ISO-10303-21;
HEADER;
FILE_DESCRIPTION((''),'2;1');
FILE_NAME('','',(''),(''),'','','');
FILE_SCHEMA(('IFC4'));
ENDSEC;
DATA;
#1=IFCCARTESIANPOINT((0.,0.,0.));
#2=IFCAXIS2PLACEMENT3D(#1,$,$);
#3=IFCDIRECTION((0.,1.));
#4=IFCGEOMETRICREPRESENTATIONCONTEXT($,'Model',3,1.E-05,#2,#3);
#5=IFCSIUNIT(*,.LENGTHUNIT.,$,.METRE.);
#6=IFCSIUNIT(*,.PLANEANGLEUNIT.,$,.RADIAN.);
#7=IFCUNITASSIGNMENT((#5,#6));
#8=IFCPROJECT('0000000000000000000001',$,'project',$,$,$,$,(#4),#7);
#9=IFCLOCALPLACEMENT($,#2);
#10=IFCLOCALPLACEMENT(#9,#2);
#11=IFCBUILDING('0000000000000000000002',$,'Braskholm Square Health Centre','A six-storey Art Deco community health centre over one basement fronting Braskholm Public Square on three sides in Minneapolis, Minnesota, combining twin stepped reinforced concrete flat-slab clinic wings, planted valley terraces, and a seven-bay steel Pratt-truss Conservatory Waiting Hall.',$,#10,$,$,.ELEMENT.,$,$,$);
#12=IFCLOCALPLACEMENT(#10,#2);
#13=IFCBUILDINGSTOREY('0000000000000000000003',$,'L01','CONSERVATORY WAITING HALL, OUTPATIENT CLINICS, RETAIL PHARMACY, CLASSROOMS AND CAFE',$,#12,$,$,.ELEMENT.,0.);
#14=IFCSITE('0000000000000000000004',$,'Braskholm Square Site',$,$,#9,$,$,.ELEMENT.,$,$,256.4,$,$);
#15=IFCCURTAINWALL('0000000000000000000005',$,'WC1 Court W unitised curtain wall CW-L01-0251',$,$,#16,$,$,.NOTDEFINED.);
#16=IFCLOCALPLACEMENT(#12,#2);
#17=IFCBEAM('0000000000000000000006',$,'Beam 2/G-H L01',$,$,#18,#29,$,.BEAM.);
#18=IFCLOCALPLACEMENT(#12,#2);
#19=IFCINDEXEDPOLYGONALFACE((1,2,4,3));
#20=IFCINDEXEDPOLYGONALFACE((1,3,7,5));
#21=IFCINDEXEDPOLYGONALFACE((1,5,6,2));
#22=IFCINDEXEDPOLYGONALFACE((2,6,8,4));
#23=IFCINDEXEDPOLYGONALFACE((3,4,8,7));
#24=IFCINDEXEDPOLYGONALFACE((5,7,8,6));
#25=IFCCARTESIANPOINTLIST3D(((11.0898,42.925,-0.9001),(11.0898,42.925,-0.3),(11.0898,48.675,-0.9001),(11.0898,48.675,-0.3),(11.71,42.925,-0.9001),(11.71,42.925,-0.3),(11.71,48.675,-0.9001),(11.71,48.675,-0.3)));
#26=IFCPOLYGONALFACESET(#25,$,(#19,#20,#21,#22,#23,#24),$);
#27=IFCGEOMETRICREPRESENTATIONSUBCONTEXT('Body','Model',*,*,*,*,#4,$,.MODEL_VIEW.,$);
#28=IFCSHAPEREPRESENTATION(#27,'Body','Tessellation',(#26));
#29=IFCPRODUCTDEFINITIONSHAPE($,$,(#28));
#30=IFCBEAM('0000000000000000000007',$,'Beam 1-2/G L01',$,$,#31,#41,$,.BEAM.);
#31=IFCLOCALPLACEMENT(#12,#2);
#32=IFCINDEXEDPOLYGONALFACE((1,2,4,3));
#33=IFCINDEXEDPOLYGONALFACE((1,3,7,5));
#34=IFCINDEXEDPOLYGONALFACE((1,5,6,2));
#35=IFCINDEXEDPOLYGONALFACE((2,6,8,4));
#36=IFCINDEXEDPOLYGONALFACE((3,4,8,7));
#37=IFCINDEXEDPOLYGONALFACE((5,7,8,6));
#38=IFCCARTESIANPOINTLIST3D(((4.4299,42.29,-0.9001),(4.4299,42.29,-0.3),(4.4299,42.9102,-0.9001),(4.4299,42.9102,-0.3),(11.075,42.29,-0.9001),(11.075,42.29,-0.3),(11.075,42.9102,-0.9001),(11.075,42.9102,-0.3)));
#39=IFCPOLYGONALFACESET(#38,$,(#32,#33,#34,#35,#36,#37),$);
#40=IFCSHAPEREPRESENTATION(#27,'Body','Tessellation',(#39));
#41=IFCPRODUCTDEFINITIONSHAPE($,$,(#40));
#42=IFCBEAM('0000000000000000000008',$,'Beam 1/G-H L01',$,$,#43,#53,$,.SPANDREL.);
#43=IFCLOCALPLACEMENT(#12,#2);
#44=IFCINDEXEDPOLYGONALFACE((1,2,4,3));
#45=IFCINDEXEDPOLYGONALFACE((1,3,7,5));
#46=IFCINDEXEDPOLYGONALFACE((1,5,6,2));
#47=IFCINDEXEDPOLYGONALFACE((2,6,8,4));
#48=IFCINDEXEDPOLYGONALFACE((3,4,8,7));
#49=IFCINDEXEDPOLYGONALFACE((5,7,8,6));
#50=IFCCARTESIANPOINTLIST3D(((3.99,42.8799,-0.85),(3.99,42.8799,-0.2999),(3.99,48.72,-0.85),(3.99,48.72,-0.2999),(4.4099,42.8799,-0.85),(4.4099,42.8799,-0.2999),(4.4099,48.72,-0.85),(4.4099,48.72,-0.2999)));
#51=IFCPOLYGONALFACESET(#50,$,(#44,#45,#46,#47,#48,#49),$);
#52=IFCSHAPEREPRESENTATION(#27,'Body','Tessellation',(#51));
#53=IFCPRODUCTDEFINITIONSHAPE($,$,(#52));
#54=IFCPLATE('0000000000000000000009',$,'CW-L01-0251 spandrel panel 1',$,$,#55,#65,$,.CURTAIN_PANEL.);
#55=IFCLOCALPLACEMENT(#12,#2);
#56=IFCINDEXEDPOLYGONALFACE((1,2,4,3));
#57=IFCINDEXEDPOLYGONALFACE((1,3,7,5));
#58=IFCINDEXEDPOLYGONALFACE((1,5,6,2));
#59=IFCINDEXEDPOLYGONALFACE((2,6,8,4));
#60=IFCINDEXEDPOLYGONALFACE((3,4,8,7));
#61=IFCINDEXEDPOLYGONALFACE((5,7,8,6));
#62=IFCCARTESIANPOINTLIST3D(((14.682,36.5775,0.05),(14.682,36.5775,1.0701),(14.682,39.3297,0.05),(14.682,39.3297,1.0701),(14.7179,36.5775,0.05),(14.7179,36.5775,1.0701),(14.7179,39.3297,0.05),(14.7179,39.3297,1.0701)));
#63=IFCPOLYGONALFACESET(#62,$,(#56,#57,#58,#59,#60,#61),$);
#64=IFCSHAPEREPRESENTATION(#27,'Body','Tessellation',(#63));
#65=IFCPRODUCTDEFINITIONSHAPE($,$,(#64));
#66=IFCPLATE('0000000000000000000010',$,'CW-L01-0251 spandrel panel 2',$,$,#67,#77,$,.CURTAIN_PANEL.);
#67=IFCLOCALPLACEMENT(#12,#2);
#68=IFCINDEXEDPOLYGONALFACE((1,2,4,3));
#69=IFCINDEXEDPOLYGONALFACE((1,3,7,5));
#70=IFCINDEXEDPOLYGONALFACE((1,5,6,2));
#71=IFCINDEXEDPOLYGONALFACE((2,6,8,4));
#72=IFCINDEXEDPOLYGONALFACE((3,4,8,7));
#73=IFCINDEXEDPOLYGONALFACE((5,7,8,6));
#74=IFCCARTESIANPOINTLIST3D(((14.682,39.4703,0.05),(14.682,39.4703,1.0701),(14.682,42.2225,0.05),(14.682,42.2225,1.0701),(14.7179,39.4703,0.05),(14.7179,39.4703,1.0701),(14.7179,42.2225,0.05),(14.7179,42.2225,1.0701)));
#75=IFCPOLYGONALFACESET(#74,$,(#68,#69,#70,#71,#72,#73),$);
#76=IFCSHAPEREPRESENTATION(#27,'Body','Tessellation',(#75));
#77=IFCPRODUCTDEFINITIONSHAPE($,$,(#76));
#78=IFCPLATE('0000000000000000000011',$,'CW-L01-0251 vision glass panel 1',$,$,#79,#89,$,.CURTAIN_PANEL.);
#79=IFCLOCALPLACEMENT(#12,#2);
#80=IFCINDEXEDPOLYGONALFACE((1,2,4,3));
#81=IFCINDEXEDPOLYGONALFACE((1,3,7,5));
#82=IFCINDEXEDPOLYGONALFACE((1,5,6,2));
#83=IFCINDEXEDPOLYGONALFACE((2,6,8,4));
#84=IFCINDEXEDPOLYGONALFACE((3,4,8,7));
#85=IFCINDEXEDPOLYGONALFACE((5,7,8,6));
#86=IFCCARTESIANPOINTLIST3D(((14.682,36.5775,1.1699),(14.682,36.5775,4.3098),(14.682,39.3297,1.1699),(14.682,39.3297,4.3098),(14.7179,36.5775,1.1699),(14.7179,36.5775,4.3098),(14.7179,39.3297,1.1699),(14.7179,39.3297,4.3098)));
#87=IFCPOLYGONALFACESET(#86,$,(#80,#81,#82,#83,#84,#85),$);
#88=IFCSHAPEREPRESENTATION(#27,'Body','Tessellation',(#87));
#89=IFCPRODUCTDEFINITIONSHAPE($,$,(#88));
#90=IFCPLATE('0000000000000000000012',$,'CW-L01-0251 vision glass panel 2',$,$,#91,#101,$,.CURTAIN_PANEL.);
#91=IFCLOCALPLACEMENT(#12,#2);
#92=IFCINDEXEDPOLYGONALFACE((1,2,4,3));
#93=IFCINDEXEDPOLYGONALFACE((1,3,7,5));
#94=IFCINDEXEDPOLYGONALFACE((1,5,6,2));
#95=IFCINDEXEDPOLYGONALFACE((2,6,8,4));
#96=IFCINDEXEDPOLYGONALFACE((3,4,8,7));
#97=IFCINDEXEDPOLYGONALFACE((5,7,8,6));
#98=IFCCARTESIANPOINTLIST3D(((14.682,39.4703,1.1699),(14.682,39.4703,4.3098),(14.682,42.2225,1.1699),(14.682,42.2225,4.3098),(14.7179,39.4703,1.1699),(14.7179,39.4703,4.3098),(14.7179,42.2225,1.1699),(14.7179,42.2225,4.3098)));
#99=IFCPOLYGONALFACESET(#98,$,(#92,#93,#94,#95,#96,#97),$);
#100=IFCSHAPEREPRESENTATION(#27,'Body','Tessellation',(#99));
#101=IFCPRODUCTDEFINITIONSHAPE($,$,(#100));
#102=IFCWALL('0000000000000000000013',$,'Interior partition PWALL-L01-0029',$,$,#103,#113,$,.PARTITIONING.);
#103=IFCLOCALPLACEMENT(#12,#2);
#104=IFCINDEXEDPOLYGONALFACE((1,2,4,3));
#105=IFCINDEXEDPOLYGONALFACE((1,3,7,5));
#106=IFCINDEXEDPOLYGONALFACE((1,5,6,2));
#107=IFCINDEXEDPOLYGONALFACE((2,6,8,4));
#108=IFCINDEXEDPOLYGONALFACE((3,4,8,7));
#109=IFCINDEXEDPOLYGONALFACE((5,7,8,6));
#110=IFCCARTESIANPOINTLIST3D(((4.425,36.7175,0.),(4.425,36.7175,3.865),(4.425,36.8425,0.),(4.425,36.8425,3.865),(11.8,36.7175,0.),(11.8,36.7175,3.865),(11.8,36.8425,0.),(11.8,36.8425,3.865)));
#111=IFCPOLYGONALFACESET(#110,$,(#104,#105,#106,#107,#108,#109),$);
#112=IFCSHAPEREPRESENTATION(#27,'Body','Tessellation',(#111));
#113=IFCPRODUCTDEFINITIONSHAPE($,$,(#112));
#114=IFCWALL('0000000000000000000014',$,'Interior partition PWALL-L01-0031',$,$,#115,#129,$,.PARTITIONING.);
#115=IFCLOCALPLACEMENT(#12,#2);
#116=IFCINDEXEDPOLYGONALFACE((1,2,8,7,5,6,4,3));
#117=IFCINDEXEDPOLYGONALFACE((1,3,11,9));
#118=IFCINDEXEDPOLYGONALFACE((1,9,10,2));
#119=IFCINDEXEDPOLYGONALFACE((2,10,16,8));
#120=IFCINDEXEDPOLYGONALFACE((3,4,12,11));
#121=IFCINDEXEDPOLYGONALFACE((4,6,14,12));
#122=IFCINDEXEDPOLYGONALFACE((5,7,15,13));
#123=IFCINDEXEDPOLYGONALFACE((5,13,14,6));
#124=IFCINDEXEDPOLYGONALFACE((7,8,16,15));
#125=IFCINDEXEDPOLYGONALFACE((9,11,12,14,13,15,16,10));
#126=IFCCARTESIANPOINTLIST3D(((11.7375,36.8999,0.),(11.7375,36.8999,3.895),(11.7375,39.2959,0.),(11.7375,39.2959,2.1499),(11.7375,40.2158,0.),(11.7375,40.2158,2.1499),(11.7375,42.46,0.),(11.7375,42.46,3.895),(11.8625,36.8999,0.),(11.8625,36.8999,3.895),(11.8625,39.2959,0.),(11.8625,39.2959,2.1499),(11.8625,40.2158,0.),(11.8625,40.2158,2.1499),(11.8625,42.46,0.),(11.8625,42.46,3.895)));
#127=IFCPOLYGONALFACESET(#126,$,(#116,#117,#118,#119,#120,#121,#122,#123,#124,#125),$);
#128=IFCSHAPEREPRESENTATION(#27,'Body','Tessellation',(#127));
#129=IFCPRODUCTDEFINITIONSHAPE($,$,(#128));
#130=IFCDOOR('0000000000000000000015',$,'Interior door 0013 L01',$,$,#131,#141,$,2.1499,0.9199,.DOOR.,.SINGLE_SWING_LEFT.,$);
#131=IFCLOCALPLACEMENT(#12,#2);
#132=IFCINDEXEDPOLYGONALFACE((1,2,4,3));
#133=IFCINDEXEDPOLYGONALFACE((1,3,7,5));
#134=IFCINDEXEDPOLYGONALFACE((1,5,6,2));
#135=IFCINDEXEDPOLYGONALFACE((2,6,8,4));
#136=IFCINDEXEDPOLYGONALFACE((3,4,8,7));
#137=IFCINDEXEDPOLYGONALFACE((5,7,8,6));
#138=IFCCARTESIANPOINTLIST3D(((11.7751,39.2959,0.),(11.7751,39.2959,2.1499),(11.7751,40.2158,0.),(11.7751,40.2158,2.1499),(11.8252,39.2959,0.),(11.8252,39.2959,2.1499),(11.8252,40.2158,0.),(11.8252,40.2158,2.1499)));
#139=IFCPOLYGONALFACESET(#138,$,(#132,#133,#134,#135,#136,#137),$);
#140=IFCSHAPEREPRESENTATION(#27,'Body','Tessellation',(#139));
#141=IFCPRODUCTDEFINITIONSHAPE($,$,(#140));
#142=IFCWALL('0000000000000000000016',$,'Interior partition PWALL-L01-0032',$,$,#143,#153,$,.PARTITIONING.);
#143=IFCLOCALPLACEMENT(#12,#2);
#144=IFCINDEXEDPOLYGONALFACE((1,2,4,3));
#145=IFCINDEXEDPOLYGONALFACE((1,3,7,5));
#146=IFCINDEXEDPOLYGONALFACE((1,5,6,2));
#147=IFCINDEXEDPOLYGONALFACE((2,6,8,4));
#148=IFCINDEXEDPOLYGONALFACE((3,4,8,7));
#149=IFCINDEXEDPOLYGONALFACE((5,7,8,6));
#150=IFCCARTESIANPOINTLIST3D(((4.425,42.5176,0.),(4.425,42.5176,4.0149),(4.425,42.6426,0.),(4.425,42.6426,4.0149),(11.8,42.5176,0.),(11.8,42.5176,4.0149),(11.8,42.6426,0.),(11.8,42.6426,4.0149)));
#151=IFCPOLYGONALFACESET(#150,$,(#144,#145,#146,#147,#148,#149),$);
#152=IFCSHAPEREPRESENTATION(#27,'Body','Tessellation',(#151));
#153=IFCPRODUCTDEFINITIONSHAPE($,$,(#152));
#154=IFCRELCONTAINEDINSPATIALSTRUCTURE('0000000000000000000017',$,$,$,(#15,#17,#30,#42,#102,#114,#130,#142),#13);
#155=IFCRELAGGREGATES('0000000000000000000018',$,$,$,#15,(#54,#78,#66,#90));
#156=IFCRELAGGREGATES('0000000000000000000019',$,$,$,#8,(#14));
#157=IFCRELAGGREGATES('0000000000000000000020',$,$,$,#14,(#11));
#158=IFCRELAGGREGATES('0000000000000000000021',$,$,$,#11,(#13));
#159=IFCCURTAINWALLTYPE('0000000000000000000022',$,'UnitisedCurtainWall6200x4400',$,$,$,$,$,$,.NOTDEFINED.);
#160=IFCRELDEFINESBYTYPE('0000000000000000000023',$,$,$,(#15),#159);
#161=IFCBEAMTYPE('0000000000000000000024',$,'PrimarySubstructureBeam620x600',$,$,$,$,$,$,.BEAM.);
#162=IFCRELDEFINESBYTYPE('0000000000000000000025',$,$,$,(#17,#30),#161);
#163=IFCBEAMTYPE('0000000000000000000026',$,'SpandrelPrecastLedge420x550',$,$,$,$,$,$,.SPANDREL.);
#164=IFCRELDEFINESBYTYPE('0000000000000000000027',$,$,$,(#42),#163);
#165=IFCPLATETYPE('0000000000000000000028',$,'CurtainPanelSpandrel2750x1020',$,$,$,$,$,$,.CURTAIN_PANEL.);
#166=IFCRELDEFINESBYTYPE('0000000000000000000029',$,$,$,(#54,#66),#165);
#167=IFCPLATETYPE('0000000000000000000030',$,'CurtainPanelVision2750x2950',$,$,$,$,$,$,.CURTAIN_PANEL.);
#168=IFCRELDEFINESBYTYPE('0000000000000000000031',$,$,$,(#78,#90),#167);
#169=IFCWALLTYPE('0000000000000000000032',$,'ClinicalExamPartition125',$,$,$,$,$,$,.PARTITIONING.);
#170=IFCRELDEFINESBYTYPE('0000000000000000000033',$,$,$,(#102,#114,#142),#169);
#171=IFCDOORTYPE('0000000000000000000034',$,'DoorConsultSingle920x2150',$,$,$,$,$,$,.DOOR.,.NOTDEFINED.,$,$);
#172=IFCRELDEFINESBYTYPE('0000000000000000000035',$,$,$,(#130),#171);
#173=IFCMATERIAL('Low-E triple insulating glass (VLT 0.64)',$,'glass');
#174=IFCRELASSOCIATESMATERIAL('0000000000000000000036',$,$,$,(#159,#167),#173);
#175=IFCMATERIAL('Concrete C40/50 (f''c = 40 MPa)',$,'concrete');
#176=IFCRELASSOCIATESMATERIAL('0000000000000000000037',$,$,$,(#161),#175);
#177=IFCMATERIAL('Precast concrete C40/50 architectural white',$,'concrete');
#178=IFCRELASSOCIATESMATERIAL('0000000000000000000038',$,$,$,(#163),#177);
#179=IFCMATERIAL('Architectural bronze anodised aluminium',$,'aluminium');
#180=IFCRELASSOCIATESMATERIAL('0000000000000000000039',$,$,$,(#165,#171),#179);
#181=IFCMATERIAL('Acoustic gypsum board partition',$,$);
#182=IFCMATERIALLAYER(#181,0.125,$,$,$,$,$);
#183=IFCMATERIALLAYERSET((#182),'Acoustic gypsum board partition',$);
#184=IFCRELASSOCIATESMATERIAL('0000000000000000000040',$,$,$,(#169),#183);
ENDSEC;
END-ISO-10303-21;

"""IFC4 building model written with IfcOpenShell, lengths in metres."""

from ifc_helpers import new_model, si_unit, direction, frame, frame_2d, origin, origin_with_axes, origin_2d, place, context, subcontext, project, spatial, rectangle, extrude, material, layer, layer_set, material_profile, profile_set, type_object, element, fill, aggregate, save


model = new_model("IFC4")

# Units and contexts
model_context = context("Model", 3, precision=1e-05, world=origin(), true_north=direction((0.0, 1.0)))
body_context = subcontext(model_context, "Body", "Model", "MODEL_VIEW")
ifc_project = project(units=[si_unit("LENGTHUNIT", "METRE"), si_unit("PLANEANGLEUNIT", "RADIAN")], contexts=[model_context])

# Site, building, storey
site_placement = place(None, origin())
site = spatial("IfcSite", under=ifc_project, at=site_placement, Name="Braskholm Square Site", CompositionType="ELEMENT", RefElevation=256.4)
building_placement = place(site_placement, origin())
building = spatial("IfcBuilding", under=site, at=building_placement, Name="Braskholm Square Health Centre", Description="A six-storey Art Deco community health centre over one basement fronting Braskholm Public Square on three sides in Minneapolis, Minnesota, combining twin stepped reinforced concrete flat-slab clinic wings, planted valley terraces, and a seven-bay steel Pratt-truss Conservatory Waiting Hall.", CompositionType="ELEMENT")
storey_placement = place(building_placement, origin())
storey = spatial("IfcBuildingStorey", under=building, at=storey_placement, Name="L01", Description="CONSERVATORY WAITING HALL, OUTPATIENT CLINICS, RETAIL PHARMACY, CLASSROOMS AND CAFE", CompositionType="ELEMENT", Elevation=0.0)

# Shared definitions
ifc_material_1 = material(Name="Concrete C40/50 (f'c = 40 MPa)", Category="concrete")
ifc_material_2 = material(Name="Precast concrete C40/50 architectural white", Category="concrete")

# Shared definitions
ifc_material_3 = material(Name="Low-E triple insulating glass (VLT 0.64)", Category="glass")
ifc_material_4 = material(Name="Architectural bronze anodised aluminium", Category="aluminium")

# Curtain wall
curtain_wall_type_1 = type_object("IfcCurtainWallType", Name="UnitisedCurtainWall6200x4400", PredefinedType="NOTDEFINED", material=ifc_material_3)
curtain_wall_1_placement = place(storey_placement, origin())
curtain_wall_1 = element("IfcCurtainWall", 1, at=curtain_wall_1_placement, inside=storey, type_object=curtain_wall_type_1, Name="WC1 Court W unitised curtain wall CW-L01-0251", PredefinedType="NOTDEFINED")

# Beams
ifc_material_profile_1 = material_profile(ifc_material_1, rectangle(XDim=0.6201, YDim=0.6001, at=origin_2d()), Name="RCB-620X600")
ifc_profile_set_1 = profile_set([ifc_material_profile_1], Name="Concrete C40/50 (f'c = 40 MPa)")
beam_type_1 = type_object("IfcBeamType", Name="PrimarySubstructureBeam620x600", PredefinedType="BEAM", material=ifc_profile_set_1)
for number, where, z_axis, x_axis, name in (
    (2, (11.3999, 42.925, -0.6001), (0.0, 1.0, 0.0), (-1.0, 0.0, 0.0), "Beam 2/G-H L01"),
):
    element("IfcBeam", number, at=place(storey_placement, frame(where, z_axis=z_axis, x_axis=x_axis)), inside=storey, type_object=beam_type_1, Name=name, PredefinedType="BEAM", context=body_context, shape_type="SweptSolid", body=[
        extrude(rectangle(XDim=0.6201, YDim=0.6001, at=origin_2d()), origin(), (0.0, 0.0, 1.0), 5.75),
    ])
beam_1_placement = place(storey_placement, frame((4.4299, 42.6001, -0.6001), z_axis=(1.0, 0.0, 0.0), x_axis=(0.0, 1.0, 0.0)))
element("IfcBeam", 3, at=beam_1_placement, inside=storey, type_object=beam_type_1, Name="Beam 1-2/G L01", PredefinedType="BEAM", context=body_context, shape_type="SweptSolid", body=[
    extrude(rectangle(XDim=0.6201, YDim=0.6001, at=origin_2d()), origin(), (0.0, 0.0, 1.0), 6.645),
])
ifc_material_profile_2 = material_profile(ifc_material_2, rectangle(XDim=0.4199, YDim=0.55, at=origin_2d()), Name="RCB-420X550")
ifc_profile_set_2 = profile_set([ifc_material_profile_2], Name="Precast concrete C40/50 architectural white")
beam_type_2 = type_object("IfcBeamType", Name="SpandrelPrecastLedge420x550", PredefinedType="SPANDREL", material=ifc_profile_set_2)
beam_2_placement = place(storey_placement, frame((4.2, 42.8799, -0.575), z_axis=(0.0, 1.0, 0.0), x_axis=(-1.0, 0.0, 0.0)))
element("IfcBeam", 4, at=beam_2_placement, inside=storey, type_object=beam_type_2, Name="Beam 1/G-H L01", PredefinedType="SPANDREL", context=body_context, shape_type="SweptSolid", body=[
    extrude(rectangle(XDim=0.4199, YDim=0.55, at=origin_2d()), origin(), (0.0, 0.0, 1.0), 5.8401),
])

# Plates
plate_type_1 = type_object("IfcPlateType", Name="CurtainPanelSpandrel2750x1020", PredefinedType="CURTAIN_PANEL", material=ifc_material_4)
plate_1_placement = place(storey_placement, frame((14.7, 37.9536, 0.05), z_axis=(0.0, 0.0, 1.0), x_axis=(0.0, 1.0, 0.0)))
plate_1 = element("IfcPlate", 5, at=plate_1_placement, type_object=plate_type_1, Name="CW-L01-0251 spandrel panel 1", PredefinedType="CURTAIN_PANEL", context=body_context, shape_type="SweptSolid", body=[
    extrude(rectangle(XDim=2.7522, YDim=0.0359, at=origin_2d()), origin(), (0.0, 0.0, 1.0), 1.02),
])
plate_2_placement = place(storey_placement, frame((14.7, 40.8464, 0.05), z_axis=(0.0, 0.0, 1.0), x_axis=(0.0, 1.0, 0.0)))
plate_2 = element("IfcPlate", 6, at=plate_2_placement, type_object=plate_type_1, Name="CW-L01-0251 spandrel panel 2", PredefinedType="CURTAIN_PANEL", context=body_context, shape_type="SweptSolid", body=[
    extrude(rectangle(XDim=2.7522, YDim=0.0359, at=origin_2d()), origin(), (0.0, 0.0, 1.0), 1.02),
])
plate_type_2 = type_object("IfcPlateType", Name="CurtainPanelVision2750x2950", PredefinedType="CURTAIN_PANEL", material=ifc_material_3)
plate_3_placement = place(storey_placement, frame((14.7, 37.9536, 1.1699), z_axis=(0.0, 0.0, 1.0), x_axis=(0.0, 1.0, 0.0)))
plate_3 = element("IfcPlate", 7, at=plate_3_placement, type_object=plate_type_2, Name="CW-L01-0251 vision glass panel 1", PredefinedType="CURTAIN_PANEL", context=body_context, shape_type="SweptSolid", body=[
    extrude(rectangle(XDim=2.7522, YDim=0.0359, at=origin_2d()), origin(), (0.0, 0.0, 1.0), 3.1399),
])
plate_4_placement = place(storey_placement, frame((14.7, 40.8464, 1.1699), z_axis=(0.0, 0.0, 1.0), x_axis=(0.0, 1.0, 0.0)))
plate_4 = element("IfcPlate", 8, at=plate_4_placement, type_object=plate_type_2, Name="CW-L01-0251 vision glass panel 2", PredefinedType="CURTAIN_PANEL", context=body_context, shape_type="SweptSolid", body=[
    extrude(rectangle(XDim=2.7522, YDim=0.0359, at=origin_2d()), origin(), (0.0, 0.0, 1.0), 3.1399),
])
aggregate(curtain_wall_1, [plate_1, plate_3, plate_2, plate_4])

# Wall
ifc_material_5 = material(Name="Acoustic gypsum board partition")
ifc_layer_1 = layer(ifc_material_5, 0.125)
ifc_layer_set_1 = layer_set([ifc_layer_1], Name="Acoustic gypsum board partition")
wall_type_1 = type_object("IfcWallType", Name="ClinicalExamPartition125", PredefinedType="PARTITIONING", material=ifc_layer_set_1)
wall_1_placement = place(storey_placement, frame((4.425, 36.78, 0.0), z_axis=(0.0, 0.0, 1.0), x_axis=(1.0, 0.0, 0.0)))
element("IfcWall", 9, at=wall_1_placement, inside=storey, type_object=wall_type_1, Name="Interior partition PWALL-L01-0029", PredefinedType="PARTITIONING", context=body_context, shape_type="SweptSolid", body=[
    extrude(rectangle(XDim=7.375, YDim=0.125, at=frame_2d((3.6875, 0.0))), origin(), (0.0, 0.0, 1.0), 3.865),
])

# Wall, opening, door
wall_2_placement = place(storey_placement, frame((11.8, 36.8999, 0.0), z_axis=(0.0, 0.0, 1.0), x_axis=(0.0, 1.0, 0.0)))
wall_2 = element("IfcWall", 10, at=wall_2_placement, inside=storey, type_object=wall_type_1, Name="Interior partition PWALL-L01-0031", PredefinedType="PARTITIONING", context=body_context, shape_type="SweptSolid", body=[
    extrude(rectangle(XDim=5.5601, YDim=0.125, at=frame_2d((2.78, 0.0))), origin(), (0.0, 0.0, 1.0), 3.895),
])
opening_1_placement = place(wall_2_placement, frame((2.396, 0.0, 0.0)))
opening_1 = element("IfcOpeningElement", 11, at=opening_1_placement, cuts=wall_2, PredefinedType="OPENING", context=body_context, shape_type="SweptSolid", body=[
    extrude(rectangle(XDim=0.9199, YDim=2.1499, at=frame_2d((0.46, 1.075))), frame((0.0, 0.0725, 0.0), z_axis=(0.0, -1.0, 0.0), x_axis=(1.0, 0.0, 0.0)), (0.0, 0.0, 1.0), 0.145),
])
door_type_1 = type_object("IfcDoorType", Name="DoorConsultSingle920x2150", OperationType="NOTDEFINED", PredefinedType="DOOR", material=ifc_material_4)
door_1_placement = place(opening_1_placement, origin_with_axes())
door_1 = element("IfcDoor", 12, at=door_1_placement, inside=storey, type_object=door_type_1, Name="Interior door 0013 L01", OperationType="SINGLE_SWING_LEFT", OverallHeight=2.1499, OverallWidth=0.9199, PredefinedType="DOOR", context=body_context, shape_type="SweptSolid", body=[
    extrude(rectangle(XDim=0.9199, YDim=2.1499, at=frame_2d((0.46, 1.075))), frame((0.0, 0.0249, 0.0), z_axis=(0.0, -1.0, 0.0), x_axis=(1.0, 0.0, 0.0)), (0.0, 0.0, 1.0), 0.05),
])
fill(opening_1, door_1)

# Wall
wall_3_placement = place(storey_placement, frame((4.425, 42.5801, 0.0), z_axis=(0.0, 0.0, 1.0), x_axis=(1.0, 0.0, 0.0)))
element("IfcWall", 13, at=wall_3_placement, inside=storey, type_object=wall_type_1, Name="Interior partition PWALL-L01-0032", PredefinedType="PARTITIONING", context=body_context, shape_type="SweptSolid", body=[
    extrude(rectangle(XDim=7.375, YDim=0.125, at=frame_2d((3.6875, 0.0))), origin(), (0.0, 0.0, 1.0), 4.0149),
])

save(model, "model.ifc")
